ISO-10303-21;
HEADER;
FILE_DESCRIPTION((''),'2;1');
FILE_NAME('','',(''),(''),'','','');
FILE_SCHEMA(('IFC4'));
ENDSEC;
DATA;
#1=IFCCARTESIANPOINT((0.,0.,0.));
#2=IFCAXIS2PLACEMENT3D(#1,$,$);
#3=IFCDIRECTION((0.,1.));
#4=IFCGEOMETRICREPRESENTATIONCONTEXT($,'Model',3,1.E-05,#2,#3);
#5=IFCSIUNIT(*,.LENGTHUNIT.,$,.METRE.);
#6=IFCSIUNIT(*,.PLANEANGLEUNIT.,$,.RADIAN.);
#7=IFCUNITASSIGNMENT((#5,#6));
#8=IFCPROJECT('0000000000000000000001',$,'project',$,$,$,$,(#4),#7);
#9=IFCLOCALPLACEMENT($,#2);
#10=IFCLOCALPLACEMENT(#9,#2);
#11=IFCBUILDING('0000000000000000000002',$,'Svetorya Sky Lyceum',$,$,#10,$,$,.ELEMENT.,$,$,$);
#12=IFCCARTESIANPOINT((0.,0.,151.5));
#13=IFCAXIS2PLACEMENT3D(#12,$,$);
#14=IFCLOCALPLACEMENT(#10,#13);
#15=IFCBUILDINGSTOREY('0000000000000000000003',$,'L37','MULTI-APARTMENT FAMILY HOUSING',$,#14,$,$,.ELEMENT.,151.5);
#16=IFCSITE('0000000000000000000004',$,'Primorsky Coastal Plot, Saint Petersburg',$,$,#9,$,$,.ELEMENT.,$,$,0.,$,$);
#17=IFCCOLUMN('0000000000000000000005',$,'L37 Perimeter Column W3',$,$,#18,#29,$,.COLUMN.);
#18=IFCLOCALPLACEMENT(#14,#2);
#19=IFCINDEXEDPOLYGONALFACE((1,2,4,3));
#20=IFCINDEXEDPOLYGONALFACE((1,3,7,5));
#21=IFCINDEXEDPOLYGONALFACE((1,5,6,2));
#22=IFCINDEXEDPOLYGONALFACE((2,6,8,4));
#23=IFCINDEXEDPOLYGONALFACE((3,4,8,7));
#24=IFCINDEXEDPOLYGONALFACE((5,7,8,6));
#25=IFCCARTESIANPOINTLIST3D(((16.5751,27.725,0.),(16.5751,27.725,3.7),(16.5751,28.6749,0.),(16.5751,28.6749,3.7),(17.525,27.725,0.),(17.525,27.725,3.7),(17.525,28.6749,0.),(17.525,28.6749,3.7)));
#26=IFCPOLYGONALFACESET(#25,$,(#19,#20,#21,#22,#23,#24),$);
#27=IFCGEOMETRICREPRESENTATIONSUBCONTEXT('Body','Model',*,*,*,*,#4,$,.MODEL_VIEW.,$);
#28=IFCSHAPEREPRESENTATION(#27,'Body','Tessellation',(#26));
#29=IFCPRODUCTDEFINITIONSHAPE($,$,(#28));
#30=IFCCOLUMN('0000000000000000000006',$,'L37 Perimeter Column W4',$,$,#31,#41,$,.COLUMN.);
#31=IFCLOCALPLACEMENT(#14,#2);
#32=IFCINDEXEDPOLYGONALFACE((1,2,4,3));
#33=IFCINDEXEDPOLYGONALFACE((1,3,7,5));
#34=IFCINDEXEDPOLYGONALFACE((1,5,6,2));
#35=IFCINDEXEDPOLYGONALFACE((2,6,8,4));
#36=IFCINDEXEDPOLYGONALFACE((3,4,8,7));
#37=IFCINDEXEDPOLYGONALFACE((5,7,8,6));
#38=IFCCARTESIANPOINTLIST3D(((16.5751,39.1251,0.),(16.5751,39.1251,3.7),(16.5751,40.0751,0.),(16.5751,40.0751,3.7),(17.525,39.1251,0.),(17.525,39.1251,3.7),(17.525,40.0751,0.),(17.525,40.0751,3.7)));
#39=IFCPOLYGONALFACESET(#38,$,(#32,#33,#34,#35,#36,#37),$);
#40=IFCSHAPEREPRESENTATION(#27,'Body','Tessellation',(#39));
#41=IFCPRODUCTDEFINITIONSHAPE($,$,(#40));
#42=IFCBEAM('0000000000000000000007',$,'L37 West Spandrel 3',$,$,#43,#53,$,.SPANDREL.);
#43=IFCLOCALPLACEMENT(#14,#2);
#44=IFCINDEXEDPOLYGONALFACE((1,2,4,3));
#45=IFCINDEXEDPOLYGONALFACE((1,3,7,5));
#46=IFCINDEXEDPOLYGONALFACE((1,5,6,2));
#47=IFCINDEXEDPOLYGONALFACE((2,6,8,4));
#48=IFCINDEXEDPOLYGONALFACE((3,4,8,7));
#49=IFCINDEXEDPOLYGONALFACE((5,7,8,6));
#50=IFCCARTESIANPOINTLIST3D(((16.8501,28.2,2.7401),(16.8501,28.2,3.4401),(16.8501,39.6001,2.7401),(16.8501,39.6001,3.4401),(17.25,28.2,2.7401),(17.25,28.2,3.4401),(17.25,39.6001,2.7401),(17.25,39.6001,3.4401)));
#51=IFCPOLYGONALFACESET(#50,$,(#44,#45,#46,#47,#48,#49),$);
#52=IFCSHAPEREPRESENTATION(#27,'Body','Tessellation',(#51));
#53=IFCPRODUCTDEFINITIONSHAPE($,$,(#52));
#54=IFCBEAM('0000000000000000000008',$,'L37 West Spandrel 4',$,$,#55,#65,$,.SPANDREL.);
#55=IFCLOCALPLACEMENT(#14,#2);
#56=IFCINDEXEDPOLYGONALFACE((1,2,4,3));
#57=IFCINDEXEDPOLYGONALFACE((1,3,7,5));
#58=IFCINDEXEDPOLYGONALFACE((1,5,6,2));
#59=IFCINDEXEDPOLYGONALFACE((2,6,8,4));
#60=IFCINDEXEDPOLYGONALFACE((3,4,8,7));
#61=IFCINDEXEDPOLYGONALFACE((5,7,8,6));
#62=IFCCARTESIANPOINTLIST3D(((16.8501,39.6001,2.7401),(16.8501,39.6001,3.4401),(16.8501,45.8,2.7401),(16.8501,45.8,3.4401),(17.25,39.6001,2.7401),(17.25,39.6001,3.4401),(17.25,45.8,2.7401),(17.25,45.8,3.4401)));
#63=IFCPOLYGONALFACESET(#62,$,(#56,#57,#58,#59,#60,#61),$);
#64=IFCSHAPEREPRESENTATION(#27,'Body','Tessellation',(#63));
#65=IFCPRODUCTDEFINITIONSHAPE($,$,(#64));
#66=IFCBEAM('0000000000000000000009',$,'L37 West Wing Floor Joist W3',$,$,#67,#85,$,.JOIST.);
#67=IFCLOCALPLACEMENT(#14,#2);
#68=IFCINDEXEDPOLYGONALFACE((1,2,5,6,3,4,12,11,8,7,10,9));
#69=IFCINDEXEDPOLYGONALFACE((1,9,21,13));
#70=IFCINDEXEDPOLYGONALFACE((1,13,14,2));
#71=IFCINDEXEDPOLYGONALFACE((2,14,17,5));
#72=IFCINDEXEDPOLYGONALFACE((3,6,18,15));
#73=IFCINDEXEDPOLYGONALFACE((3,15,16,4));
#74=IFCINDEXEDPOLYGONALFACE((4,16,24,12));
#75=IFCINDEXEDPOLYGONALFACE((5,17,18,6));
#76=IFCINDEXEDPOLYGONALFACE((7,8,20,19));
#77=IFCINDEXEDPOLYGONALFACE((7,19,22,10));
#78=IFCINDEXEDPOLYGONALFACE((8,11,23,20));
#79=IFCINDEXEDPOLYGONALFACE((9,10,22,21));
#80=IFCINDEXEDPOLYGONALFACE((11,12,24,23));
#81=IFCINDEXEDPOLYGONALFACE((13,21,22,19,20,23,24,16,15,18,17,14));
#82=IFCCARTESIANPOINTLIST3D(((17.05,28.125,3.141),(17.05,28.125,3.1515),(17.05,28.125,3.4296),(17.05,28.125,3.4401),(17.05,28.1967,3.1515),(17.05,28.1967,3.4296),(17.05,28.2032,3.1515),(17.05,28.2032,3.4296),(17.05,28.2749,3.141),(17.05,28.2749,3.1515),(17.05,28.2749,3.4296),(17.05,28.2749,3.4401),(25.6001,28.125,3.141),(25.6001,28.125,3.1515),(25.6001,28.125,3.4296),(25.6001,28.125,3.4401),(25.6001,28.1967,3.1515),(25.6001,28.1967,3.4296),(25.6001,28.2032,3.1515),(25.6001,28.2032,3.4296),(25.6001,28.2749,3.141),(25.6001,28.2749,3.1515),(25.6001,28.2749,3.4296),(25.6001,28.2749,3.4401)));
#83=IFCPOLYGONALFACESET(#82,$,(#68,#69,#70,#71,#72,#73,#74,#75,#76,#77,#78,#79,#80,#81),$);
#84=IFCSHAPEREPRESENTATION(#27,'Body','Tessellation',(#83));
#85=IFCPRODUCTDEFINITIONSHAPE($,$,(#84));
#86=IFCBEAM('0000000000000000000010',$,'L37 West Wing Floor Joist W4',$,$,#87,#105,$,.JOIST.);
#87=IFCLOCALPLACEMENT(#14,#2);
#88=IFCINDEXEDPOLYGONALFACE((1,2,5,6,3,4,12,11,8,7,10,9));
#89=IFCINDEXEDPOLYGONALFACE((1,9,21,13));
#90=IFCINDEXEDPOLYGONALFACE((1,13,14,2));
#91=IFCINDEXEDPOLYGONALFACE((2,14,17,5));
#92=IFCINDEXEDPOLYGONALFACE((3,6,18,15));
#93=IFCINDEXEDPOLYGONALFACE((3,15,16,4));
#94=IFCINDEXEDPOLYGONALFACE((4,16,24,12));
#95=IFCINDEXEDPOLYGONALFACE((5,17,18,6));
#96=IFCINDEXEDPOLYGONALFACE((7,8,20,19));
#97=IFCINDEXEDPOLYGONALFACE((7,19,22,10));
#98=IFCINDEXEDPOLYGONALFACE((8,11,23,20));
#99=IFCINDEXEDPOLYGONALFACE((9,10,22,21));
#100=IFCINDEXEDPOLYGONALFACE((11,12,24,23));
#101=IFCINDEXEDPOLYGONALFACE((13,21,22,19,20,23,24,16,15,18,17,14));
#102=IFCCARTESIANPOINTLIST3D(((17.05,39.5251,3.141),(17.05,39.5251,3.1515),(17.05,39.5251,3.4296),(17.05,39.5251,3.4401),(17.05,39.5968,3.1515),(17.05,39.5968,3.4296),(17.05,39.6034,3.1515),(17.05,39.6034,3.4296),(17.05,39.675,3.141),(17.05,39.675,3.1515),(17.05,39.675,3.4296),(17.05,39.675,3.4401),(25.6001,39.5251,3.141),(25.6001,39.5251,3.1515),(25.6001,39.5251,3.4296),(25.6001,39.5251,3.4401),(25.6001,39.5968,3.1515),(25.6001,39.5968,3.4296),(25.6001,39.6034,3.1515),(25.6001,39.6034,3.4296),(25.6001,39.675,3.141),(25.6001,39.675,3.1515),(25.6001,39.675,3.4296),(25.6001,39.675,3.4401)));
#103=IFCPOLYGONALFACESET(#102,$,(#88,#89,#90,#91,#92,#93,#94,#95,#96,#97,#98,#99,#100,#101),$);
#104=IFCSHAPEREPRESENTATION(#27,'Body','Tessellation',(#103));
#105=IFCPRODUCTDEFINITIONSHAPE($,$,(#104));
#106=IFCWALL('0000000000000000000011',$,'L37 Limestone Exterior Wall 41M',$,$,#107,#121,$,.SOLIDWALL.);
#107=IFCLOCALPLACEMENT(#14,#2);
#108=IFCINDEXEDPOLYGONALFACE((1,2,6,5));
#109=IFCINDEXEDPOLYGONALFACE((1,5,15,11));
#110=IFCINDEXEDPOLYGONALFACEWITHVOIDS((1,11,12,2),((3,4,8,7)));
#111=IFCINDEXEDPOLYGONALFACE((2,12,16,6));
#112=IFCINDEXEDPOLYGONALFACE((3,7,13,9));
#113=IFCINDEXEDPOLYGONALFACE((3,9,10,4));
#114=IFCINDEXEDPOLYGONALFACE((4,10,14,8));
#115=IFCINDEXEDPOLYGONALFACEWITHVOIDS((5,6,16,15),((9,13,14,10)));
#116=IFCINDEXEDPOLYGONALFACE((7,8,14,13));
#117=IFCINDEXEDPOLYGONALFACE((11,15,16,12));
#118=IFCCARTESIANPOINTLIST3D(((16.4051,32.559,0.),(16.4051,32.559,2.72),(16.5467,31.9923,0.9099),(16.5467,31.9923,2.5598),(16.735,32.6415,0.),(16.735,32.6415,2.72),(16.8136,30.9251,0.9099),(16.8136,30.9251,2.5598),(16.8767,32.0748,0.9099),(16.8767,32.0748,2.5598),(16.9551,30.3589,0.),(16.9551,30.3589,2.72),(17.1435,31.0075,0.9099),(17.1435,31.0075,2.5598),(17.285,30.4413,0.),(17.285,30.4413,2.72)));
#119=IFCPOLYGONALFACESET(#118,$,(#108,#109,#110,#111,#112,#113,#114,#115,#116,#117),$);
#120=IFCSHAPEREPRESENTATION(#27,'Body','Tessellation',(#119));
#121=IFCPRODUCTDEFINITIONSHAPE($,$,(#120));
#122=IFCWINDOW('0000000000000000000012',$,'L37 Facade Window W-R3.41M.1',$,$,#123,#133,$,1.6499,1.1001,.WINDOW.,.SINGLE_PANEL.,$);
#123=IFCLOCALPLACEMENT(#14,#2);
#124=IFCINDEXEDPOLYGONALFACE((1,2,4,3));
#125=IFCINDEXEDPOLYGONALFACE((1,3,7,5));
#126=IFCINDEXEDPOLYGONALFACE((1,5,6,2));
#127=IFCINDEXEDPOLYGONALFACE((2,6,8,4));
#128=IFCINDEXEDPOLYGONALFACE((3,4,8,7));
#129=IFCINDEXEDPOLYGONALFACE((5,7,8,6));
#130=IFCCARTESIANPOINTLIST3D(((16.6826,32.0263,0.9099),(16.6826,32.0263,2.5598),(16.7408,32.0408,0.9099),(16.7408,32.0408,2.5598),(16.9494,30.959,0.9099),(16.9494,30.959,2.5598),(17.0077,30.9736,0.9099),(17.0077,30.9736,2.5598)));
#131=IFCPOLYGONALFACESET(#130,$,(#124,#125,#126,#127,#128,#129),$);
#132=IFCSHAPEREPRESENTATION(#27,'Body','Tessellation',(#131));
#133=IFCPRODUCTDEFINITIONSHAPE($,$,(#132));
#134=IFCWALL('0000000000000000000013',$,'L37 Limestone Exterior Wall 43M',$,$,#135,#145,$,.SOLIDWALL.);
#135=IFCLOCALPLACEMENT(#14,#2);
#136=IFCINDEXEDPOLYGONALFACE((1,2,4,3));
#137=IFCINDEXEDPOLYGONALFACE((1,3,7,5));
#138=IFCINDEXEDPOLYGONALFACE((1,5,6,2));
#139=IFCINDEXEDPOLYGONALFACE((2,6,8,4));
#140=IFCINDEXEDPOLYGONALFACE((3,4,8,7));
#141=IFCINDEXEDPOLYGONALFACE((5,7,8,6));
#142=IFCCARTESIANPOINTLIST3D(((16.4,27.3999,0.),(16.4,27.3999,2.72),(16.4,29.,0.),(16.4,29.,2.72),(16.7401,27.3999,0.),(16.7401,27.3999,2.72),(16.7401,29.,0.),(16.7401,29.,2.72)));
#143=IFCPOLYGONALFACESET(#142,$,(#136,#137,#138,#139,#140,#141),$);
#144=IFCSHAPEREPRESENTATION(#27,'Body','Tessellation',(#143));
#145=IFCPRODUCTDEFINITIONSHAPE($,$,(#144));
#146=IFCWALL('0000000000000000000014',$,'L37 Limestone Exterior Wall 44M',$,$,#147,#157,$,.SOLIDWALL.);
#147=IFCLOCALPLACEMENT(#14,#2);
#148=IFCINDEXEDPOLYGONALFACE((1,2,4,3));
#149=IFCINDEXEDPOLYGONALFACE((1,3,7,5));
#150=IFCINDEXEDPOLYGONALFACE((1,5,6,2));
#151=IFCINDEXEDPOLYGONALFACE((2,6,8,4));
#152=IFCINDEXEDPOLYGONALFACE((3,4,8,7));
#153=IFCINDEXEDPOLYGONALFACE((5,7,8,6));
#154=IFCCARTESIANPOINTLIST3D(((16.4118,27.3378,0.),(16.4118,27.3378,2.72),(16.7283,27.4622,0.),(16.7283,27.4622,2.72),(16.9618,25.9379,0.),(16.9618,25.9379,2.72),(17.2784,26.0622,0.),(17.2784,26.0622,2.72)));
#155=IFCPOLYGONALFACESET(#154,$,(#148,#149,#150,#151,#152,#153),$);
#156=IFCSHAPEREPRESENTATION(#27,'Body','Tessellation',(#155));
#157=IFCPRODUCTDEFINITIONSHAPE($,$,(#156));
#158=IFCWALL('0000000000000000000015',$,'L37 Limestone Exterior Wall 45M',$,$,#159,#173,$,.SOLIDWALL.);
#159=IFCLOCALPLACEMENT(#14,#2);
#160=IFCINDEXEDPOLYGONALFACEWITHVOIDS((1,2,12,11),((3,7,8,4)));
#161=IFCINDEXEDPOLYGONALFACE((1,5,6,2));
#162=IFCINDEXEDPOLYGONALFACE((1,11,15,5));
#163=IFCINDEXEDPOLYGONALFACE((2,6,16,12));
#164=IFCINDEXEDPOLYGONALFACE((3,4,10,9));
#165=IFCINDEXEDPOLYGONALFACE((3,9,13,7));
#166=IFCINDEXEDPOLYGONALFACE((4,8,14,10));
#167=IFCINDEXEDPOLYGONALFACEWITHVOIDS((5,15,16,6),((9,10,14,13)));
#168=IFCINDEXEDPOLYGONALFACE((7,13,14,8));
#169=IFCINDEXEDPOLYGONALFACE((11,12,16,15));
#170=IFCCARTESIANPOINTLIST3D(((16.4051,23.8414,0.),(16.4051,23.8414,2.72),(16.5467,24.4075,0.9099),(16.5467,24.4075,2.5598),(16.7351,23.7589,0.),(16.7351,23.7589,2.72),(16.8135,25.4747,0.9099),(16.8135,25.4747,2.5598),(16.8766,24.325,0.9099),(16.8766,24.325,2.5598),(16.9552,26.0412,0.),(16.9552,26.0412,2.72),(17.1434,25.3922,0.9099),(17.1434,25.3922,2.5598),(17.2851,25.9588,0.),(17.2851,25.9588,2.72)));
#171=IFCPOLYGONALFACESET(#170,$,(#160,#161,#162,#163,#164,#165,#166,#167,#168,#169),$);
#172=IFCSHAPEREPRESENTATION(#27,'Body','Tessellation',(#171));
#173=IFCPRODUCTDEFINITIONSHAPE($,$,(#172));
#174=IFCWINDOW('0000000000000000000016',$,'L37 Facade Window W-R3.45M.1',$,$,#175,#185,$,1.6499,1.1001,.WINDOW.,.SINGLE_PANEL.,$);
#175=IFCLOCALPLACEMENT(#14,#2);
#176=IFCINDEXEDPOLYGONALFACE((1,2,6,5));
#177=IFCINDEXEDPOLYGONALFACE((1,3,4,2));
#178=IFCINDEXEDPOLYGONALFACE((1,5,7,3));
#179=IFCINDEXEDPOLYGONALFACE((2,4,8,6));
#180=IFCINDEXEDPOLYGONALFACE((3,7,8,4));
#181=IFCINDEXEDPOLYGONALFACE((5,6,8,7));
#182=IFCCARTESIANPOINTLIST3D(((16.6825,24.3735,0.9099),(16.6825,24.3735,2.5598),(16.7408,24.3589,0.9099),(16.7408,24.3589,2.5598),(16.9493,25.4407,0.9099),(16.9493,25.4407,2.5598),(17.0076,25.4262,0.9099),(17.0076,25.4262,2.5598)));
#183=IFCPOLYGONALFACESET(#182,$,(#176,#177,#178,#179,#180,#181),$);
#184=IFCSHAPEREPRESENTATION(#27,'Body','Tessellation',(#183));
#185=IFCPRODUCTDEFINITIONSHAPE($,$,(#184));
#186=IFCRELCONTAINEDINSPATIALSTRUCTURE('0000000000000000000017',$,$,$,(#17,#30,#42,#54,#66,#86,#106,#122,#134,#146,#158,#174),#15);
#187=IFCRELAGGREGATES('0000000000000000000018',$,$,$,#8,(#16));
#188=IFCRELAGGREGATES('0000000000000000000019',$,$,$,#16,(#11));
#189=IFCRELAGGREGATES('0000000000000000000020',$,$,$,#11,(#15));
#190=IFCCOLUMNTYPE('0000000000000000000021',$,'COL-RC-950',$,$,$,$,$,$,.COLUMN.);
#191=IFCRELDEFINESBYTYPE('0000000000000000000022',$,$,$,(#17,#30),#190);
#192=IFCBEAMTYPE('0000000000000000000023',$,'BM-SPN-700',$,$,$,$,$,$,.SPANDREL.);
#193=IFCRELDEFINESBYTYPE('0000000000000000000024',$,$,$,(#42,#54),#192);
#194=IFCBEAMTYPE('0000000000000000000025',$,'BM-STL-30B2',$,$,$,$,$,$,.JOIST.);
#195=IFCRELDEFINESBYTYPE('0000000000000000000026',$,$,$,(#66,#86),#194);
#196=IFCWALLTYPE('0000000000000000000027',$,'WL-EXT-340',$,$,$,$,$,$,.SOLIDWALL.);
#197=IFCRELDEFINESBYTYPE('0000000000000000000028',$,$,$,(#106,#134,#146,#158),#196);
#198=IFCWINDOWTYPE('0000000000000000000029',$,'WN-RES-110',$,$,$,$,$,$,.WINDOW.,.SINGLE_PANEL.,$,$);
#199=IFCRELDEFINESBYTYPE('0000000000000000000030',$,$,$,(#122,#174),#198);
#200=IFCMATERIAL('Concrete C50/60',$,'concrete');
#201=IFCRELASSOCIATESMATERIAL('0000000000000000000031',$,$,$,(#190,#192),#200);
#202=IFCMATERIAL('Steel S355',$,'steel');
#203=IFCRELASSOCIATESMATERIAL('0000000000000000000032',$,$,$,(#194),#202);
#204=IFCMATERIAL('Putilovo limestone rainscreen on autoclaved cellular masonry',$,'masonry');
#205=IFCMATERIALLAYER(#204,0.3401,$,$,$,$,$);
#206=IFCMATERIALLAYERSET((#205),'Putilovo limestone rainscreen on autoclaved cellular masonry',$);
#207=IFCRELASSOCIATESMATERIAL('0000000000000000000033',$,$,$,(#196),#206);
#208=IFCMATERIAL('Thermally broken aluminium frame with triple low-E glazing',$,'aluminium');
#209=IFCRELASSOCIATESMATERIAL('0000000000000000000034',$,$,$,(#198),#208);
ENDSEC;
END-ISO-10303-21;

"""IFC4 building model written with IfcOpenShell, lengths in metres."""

from ifc_helpers import new_model, si_unit, direction, frame, frame_2d, origin, origin_2d, place, context, subcontext, project, spatial, rectangle, i_section, extrude, material, layer, layer_set, material_profile, profile_set, type_object, element, fill, save


model = new_model("IFC4")

# Units and contexts
model_context = context("Model", 3, precision=1e-05, world=origin(), true_north=direction((0.0, 1.0)))
body_context = subcontext(model_context, "Body", "Model", "MODEL_VIEW")
ifc_project = project(units=[si_unit("LENGTHUNIT", "METRE"), si_unit("PLANEANGLEUNIT", "RADIAN")], contexts=[model_context])

# Site, building, storey
site_placement = place(None, origin())
site = spatial("IfcSite", under=ifc_project, at=site_placement, Name="Primorsky Coastal Plot, Saint Petersburg", CompositionType="ELEMENT", RefElevation=0.0)
building_placement = place(site_placement, origin())
building = spatial("IfcBuilding", under=site, at=building_placement, Name="Svetorya Sky Lyceum", CompositionType="ELEMENT")
storey_placement = place(building_placement, frame((0.0, 0.0, 151.5)))
storey = spatial("IfcBuildingStorey", under=building, at=storey_placement, Name="L37", Description="MULTI-APARTMENT FAMILY HOUSING", CompositionType="ELEMENT", Elevation=151.5)

# Columns
ifc_material_1 = material(Name="Concrete C50/60", Category="concrete")
ifc_material_profile_1 = material_profile(ifc_material_1, rectangle(XDim=0.95, YDim=0.95, at=origin_2d()), Name="RC COL 950x950")
ifc_profile_set_1 = profile_set([ifc_material_profile_1], Name="Concrete C50/60")
column_type = type_object("IfcColumnType", Name="COL-RC-950", PredefinedType="COLUMN", material=ifc_profile_set_1)
for number, where, z_axis, x_axis, name in (
    (1, (17.05, 28.2, 0.0), (0.0, 0.0, 1.0), (1.0, 0.0, 0.0), "L37 Perimeter Column W3"),
    (2, (17.05, 39.6001, 0.0), (0.0, 0.0, 1.0), (1.0, 0.0, 0.0), "L37 Perimeter Column W4"),
):
    element("IfcColumn", number, at=place(storey_placement, frame(where, z_axis=z_axis, x_axis=x_axis)), inside=storey, type_object=column_type, Name=name, PredefinedType="COLUMN", context=body_context, shape_type="SweptSolid", body=[
        extrude(rectangle(XDim=0.95, YDim=0.95, at=origin_2d()), origin(), (0.0, 0.0, 1.0), 3.7),
    ])

# Beams
ifc_material_profile_2 = material_profile(ifc_material_1, rectangle(XDim=0.3999, YDim=0.7, at=origin_2d()), Name="RC SPANDREL 400x700")
ifc_profile_set_2 = profile_set([ifc_material_profile_2], Name="Concrete C50/60")
beam_type_1 = type_object("IfcBeamType", Name="BM-SPN-700", PredefinedType="SPANDREL", material=ifc_profile_set_2)
beam_1_placement = place(storey_placement, frame((17.05, 28.2, 3.0901), z_axis=(0.0, 1.0, 0.0), x_axis=(-1.0, 0.0, 0.0)))
element("IfcBeam", 3, at=beam_1_placement, inside=storey, type_object=beam_type_1, Name="L37 West Spandrel 3", PredefinedType="SPANDREL", context=body_context, shape_type="SweptSolid", body=[
    extrude(rectangle(XDim=0.3999, YDim=0.7, at=origin_2d()), origin(), (0.0, 0.0, 1.0), 11.4001),
])
beam_2_placement = place(storey_placement, frame((17.05, 39.6001, 3.0901), z_axis=(0.0, 1.0, 0.0), x_axis=(-1.0, 0.0, 0.0)))
element("IfcBeam", 4, at=beam_2_placement, inside=storey, type_object=beam_type_1, Name="L37 West Spandrel 4", PredefinedType="SPANDREL", context=body_context, shape_type="SweptSolid", body=[
    extrude(rectangle(XDim=0.3999, YDim=0.7, at=origin_2d()), origin(), (0.0, 0.0, 1.0), 6.2),
])
ifc_material_2 = material(Name="Steel S355", Category="steel")
ifc_material_profile_3 = material_profile(ifc_material_2, i_section(OverallWidth=0.1499, OverallDepth=0.2991, WebThickness=0.0066, FlangeThickness=0.0105, at=origin_2d()), Name="GOST 30B2")
ifc_profile_set_3 = profile_set([ifc_material_profile_3], Name="Steel S355")
beam_type_2 = type_object("IfcBeamType", Name="BM-STL-30B2", PredefinedType="JOIST", material=ifc_profile_set_3)
for number, where, z_axis, x_axis, name in (
    (5, (17.05, 28.2, 3.2905), (1.0, 0.0, 0.0), (0.0, 1.0, 0.0), "L37 West Wing Floor Joist W3"),
    (6, (17.05, 39.6001, 3.2905), (1.0, 0.0, 0.0), (0.0, 1.0, 0.0), "L37 West Wing Floor Joist W4"),
):
    element("IfcBeam", number, at=place(storey_placement, frame(where, z_axis=z_axis, x_axis=x_axis)), inside=storey, type_object=beam_type_2, Name=name, PredefinedType="JOIST", context=body_context, shape_type="SweptSolid", body=[
        extrude(i_section(OverallWidth=0.1499, OverallDepth=0.2991, WebThickness=0.0066, FlangeThickness=0.0105, at=origin_2d()), origin(), (0.0, 0.0, 1.0), 8.55),
    ])

# Wall, opening, window
ifc_material_3 = material(Name="Putilovo limestone rainscreen on autoclaved cellular masonry", Category="masonry")
ifc_layer_1 = layer(ifc_material_3, 0.3401)
ifc_layer_set_1 = layer_set([ifc_layer_1], Name="Putilovo limestone rainscreen on autoclaved cellular masonry")
wall_type_1 = type_object("IfcWallType", Name="WL-EXT-340", PredefinedType="SOLIDWALL", material=ifc_layer_set_1)
wall_1_placement = place(storey_placement, frame((16.5701, 32.6001, 0.0), z_axis=(0.0, 0.0, 1.0), x_axis=(0.242536, -0.970143, 0.0)))
wall_1 = element("IfcWall", 7, at=wall_1_placement, inside=storey, type_object=wall_type_1, Name="L37 Limestone Exterior Wall 41M", PredefinedType="SOLIDWALL", context=body_context, shape_type="SweptSolid", body=[
    extrude(rectangle(XDim=2.2678, YDim=0.3401, at=frame_2d((1.1338, 0.0))), origin(), (0.0, 0.0, 1.0), 2.72),
])
opening_1_placement = place(wall_1_placement, frame((0.584, 0.0, 0.9099)))
opening_1 = element("IfcOpeningElement", 8, at=opening_1_placement, cuts=wall_1, PredefinedType="OPENING", context=body_context, shape_type="SweptSolid", body=[
    extrude(rectangle(XDim=1.1001, YDim=1.6499, at=frame_2d((0.55, 0.825))), frame((0.0, 0.1799, 0.0), z_axis=(0.0, -1.0, 0.0), x_axis=(1.0, 0.0, 0.0)), (0.0, 0.0, 1.0), 0.3601),
])
ifc_material_4 = material(Name="Thermally broken aluminium frame with triple low-E glazing", Category="aluminium")
window_type_1 = type_object("IfcWindowType", Name="WN-RES-110", PartitioningType="SINGLE_PANEL", PredefinedType="WINDOW", material=ifc_material_4)
window_1_placement = place(opening_1_placement, origin())
window_1 = element("IfcWindow", 9, at=window_1_placement, inside=storey, type_object=window_type_1, Name="L37 Facade Window W-R3.41M.1", OverallHeight=1.6499, OverallWidth=1.1001, PartitioningType="SINGLE_PANEL", PredefinedType="WINDOW", context=body_context, shape_type="SweptSolid", body=[
    extrude(rectangle(XDim=1.1001, YDim=1.6499, at=frame_2d((0.55, 0.825))), frame((0.0, 0.03, 0.0), z_axis=(0.0, -1.0, 0.0), x_axis=(1.0, 0.0, 0.0)), (0.0, 0.0, 1.0), 0.0601),
])
fill(opening_1, window_1)

# Walls
wall_2_placement = place(storey_placement, frame((16.5701, 29.0, 0.0), z_axis=(0.0, 0.0, 1.0), x_axis=(0.0, -1.0, 0.0)))
element("IfcWall", 10, at=wall_2_placement, inside=storey, type_object=wall_type_1, Name="L37 Limestone Exterior Wall 43M", PredefinedType="SOLIDWALL", context=body_context, shape_type="SweptSolid", body=[
    extrude(rectangle(XDim=1.6001, YDim=0.3401, at=frame_2d((0.8, 0.0))), origin(), (0.0, 0.0, 1.0), 2.72),
])
wall_3_placement = place(storey_placement, frame((16.5701, 27.3999, 0.0), z_axis=(0.0, 0.0, 1.0), x_axis=(0.365703, -0.930732, 0.0)))
element("IfcWall", 11, at=wall_3_placement, inside=storey, type_object=wall_type_1, Name="L37 Limestone Exterior Wall 44M", PredefinedType="SOLIDWALL", context=body_context, shape_type="SweptSolid", body=[
    extrude(rectangle(XDim=1.5042, YDim=0.3401, at=frame_2d((0.752, 0.0))), origin(), (0.0, 0.0, 1.0), 2.72),
])

# Wall, opening, window
wall_4_placement = place(storey_placement, frame((17.1201, 26.0, 0.0), z_axis=(0.0, 0.0, 1.0), x_axis=(-0.242561, -0.970136, 0.0)))
wall_4 = element("IfcWall", 12, at=wall_4_placement, inside=storey, type_object=wall_type_1, Name="L37 Limestone Exterior Wall 45M", PredefinedType="SOLIDWALL", context=body_context, shape_type="SweptSolid", body=[
    extrude(rectangle(XDim=2.2676, YDim=0.3401, at=frame_2d((1.1338, 0.0))), origin(), (0.0, 0.0, 1.0), 2.72),
])
opening_2_placement = place(wall_4_placement, frame((0.584, 0.0, 0.9099)))
opening_2 = element("IfcOpeningElement", 13, at=opening_2_placement, cuts=wall_4, PredefinedType="OPENING", context=body_context, shape_type="SweptSolid", body=[
    extrude(rectangle(XDim=1.1001, YDim=1.6499, at=frame_2d((0.55, 0.825))), frame((0.0, 0.1799, 0.0), z_axis=(0.0, -1.0, 0.0), x_axis=(1.0, 0.0, 0.0)), (0.0, 0.0, 1.0), 0.3601),
])
window_2_placement = place(opening_2_placement, origin())
window_2 = element("IfcWindow", 14, at=window_2_placement, inside=storey, type_object=window_type_1, Name="L37 Facade Window W-R3.45M.1", OverallHeight=1.6499, OverallWidth=1.1001, PartitioningType="SINGLE_PANEL", PredefinedType="WINDOW", context=body_context, shape_type="SweptSolid", body=[
    extrude(rectangle(XDim=1.1001, YDim=1.6499, at=frame_2d((0.55, 0.825))), frame((0.0, 0.03, 0.0), z_axis=(0.0, -1.0, 0.0), x_axis=(1.0, 0.0, 0.0)), (0.0, 0.0, 1.0), 0.0601),
])
fill(opening_2, window_2)

save(model, "model.ifc")
